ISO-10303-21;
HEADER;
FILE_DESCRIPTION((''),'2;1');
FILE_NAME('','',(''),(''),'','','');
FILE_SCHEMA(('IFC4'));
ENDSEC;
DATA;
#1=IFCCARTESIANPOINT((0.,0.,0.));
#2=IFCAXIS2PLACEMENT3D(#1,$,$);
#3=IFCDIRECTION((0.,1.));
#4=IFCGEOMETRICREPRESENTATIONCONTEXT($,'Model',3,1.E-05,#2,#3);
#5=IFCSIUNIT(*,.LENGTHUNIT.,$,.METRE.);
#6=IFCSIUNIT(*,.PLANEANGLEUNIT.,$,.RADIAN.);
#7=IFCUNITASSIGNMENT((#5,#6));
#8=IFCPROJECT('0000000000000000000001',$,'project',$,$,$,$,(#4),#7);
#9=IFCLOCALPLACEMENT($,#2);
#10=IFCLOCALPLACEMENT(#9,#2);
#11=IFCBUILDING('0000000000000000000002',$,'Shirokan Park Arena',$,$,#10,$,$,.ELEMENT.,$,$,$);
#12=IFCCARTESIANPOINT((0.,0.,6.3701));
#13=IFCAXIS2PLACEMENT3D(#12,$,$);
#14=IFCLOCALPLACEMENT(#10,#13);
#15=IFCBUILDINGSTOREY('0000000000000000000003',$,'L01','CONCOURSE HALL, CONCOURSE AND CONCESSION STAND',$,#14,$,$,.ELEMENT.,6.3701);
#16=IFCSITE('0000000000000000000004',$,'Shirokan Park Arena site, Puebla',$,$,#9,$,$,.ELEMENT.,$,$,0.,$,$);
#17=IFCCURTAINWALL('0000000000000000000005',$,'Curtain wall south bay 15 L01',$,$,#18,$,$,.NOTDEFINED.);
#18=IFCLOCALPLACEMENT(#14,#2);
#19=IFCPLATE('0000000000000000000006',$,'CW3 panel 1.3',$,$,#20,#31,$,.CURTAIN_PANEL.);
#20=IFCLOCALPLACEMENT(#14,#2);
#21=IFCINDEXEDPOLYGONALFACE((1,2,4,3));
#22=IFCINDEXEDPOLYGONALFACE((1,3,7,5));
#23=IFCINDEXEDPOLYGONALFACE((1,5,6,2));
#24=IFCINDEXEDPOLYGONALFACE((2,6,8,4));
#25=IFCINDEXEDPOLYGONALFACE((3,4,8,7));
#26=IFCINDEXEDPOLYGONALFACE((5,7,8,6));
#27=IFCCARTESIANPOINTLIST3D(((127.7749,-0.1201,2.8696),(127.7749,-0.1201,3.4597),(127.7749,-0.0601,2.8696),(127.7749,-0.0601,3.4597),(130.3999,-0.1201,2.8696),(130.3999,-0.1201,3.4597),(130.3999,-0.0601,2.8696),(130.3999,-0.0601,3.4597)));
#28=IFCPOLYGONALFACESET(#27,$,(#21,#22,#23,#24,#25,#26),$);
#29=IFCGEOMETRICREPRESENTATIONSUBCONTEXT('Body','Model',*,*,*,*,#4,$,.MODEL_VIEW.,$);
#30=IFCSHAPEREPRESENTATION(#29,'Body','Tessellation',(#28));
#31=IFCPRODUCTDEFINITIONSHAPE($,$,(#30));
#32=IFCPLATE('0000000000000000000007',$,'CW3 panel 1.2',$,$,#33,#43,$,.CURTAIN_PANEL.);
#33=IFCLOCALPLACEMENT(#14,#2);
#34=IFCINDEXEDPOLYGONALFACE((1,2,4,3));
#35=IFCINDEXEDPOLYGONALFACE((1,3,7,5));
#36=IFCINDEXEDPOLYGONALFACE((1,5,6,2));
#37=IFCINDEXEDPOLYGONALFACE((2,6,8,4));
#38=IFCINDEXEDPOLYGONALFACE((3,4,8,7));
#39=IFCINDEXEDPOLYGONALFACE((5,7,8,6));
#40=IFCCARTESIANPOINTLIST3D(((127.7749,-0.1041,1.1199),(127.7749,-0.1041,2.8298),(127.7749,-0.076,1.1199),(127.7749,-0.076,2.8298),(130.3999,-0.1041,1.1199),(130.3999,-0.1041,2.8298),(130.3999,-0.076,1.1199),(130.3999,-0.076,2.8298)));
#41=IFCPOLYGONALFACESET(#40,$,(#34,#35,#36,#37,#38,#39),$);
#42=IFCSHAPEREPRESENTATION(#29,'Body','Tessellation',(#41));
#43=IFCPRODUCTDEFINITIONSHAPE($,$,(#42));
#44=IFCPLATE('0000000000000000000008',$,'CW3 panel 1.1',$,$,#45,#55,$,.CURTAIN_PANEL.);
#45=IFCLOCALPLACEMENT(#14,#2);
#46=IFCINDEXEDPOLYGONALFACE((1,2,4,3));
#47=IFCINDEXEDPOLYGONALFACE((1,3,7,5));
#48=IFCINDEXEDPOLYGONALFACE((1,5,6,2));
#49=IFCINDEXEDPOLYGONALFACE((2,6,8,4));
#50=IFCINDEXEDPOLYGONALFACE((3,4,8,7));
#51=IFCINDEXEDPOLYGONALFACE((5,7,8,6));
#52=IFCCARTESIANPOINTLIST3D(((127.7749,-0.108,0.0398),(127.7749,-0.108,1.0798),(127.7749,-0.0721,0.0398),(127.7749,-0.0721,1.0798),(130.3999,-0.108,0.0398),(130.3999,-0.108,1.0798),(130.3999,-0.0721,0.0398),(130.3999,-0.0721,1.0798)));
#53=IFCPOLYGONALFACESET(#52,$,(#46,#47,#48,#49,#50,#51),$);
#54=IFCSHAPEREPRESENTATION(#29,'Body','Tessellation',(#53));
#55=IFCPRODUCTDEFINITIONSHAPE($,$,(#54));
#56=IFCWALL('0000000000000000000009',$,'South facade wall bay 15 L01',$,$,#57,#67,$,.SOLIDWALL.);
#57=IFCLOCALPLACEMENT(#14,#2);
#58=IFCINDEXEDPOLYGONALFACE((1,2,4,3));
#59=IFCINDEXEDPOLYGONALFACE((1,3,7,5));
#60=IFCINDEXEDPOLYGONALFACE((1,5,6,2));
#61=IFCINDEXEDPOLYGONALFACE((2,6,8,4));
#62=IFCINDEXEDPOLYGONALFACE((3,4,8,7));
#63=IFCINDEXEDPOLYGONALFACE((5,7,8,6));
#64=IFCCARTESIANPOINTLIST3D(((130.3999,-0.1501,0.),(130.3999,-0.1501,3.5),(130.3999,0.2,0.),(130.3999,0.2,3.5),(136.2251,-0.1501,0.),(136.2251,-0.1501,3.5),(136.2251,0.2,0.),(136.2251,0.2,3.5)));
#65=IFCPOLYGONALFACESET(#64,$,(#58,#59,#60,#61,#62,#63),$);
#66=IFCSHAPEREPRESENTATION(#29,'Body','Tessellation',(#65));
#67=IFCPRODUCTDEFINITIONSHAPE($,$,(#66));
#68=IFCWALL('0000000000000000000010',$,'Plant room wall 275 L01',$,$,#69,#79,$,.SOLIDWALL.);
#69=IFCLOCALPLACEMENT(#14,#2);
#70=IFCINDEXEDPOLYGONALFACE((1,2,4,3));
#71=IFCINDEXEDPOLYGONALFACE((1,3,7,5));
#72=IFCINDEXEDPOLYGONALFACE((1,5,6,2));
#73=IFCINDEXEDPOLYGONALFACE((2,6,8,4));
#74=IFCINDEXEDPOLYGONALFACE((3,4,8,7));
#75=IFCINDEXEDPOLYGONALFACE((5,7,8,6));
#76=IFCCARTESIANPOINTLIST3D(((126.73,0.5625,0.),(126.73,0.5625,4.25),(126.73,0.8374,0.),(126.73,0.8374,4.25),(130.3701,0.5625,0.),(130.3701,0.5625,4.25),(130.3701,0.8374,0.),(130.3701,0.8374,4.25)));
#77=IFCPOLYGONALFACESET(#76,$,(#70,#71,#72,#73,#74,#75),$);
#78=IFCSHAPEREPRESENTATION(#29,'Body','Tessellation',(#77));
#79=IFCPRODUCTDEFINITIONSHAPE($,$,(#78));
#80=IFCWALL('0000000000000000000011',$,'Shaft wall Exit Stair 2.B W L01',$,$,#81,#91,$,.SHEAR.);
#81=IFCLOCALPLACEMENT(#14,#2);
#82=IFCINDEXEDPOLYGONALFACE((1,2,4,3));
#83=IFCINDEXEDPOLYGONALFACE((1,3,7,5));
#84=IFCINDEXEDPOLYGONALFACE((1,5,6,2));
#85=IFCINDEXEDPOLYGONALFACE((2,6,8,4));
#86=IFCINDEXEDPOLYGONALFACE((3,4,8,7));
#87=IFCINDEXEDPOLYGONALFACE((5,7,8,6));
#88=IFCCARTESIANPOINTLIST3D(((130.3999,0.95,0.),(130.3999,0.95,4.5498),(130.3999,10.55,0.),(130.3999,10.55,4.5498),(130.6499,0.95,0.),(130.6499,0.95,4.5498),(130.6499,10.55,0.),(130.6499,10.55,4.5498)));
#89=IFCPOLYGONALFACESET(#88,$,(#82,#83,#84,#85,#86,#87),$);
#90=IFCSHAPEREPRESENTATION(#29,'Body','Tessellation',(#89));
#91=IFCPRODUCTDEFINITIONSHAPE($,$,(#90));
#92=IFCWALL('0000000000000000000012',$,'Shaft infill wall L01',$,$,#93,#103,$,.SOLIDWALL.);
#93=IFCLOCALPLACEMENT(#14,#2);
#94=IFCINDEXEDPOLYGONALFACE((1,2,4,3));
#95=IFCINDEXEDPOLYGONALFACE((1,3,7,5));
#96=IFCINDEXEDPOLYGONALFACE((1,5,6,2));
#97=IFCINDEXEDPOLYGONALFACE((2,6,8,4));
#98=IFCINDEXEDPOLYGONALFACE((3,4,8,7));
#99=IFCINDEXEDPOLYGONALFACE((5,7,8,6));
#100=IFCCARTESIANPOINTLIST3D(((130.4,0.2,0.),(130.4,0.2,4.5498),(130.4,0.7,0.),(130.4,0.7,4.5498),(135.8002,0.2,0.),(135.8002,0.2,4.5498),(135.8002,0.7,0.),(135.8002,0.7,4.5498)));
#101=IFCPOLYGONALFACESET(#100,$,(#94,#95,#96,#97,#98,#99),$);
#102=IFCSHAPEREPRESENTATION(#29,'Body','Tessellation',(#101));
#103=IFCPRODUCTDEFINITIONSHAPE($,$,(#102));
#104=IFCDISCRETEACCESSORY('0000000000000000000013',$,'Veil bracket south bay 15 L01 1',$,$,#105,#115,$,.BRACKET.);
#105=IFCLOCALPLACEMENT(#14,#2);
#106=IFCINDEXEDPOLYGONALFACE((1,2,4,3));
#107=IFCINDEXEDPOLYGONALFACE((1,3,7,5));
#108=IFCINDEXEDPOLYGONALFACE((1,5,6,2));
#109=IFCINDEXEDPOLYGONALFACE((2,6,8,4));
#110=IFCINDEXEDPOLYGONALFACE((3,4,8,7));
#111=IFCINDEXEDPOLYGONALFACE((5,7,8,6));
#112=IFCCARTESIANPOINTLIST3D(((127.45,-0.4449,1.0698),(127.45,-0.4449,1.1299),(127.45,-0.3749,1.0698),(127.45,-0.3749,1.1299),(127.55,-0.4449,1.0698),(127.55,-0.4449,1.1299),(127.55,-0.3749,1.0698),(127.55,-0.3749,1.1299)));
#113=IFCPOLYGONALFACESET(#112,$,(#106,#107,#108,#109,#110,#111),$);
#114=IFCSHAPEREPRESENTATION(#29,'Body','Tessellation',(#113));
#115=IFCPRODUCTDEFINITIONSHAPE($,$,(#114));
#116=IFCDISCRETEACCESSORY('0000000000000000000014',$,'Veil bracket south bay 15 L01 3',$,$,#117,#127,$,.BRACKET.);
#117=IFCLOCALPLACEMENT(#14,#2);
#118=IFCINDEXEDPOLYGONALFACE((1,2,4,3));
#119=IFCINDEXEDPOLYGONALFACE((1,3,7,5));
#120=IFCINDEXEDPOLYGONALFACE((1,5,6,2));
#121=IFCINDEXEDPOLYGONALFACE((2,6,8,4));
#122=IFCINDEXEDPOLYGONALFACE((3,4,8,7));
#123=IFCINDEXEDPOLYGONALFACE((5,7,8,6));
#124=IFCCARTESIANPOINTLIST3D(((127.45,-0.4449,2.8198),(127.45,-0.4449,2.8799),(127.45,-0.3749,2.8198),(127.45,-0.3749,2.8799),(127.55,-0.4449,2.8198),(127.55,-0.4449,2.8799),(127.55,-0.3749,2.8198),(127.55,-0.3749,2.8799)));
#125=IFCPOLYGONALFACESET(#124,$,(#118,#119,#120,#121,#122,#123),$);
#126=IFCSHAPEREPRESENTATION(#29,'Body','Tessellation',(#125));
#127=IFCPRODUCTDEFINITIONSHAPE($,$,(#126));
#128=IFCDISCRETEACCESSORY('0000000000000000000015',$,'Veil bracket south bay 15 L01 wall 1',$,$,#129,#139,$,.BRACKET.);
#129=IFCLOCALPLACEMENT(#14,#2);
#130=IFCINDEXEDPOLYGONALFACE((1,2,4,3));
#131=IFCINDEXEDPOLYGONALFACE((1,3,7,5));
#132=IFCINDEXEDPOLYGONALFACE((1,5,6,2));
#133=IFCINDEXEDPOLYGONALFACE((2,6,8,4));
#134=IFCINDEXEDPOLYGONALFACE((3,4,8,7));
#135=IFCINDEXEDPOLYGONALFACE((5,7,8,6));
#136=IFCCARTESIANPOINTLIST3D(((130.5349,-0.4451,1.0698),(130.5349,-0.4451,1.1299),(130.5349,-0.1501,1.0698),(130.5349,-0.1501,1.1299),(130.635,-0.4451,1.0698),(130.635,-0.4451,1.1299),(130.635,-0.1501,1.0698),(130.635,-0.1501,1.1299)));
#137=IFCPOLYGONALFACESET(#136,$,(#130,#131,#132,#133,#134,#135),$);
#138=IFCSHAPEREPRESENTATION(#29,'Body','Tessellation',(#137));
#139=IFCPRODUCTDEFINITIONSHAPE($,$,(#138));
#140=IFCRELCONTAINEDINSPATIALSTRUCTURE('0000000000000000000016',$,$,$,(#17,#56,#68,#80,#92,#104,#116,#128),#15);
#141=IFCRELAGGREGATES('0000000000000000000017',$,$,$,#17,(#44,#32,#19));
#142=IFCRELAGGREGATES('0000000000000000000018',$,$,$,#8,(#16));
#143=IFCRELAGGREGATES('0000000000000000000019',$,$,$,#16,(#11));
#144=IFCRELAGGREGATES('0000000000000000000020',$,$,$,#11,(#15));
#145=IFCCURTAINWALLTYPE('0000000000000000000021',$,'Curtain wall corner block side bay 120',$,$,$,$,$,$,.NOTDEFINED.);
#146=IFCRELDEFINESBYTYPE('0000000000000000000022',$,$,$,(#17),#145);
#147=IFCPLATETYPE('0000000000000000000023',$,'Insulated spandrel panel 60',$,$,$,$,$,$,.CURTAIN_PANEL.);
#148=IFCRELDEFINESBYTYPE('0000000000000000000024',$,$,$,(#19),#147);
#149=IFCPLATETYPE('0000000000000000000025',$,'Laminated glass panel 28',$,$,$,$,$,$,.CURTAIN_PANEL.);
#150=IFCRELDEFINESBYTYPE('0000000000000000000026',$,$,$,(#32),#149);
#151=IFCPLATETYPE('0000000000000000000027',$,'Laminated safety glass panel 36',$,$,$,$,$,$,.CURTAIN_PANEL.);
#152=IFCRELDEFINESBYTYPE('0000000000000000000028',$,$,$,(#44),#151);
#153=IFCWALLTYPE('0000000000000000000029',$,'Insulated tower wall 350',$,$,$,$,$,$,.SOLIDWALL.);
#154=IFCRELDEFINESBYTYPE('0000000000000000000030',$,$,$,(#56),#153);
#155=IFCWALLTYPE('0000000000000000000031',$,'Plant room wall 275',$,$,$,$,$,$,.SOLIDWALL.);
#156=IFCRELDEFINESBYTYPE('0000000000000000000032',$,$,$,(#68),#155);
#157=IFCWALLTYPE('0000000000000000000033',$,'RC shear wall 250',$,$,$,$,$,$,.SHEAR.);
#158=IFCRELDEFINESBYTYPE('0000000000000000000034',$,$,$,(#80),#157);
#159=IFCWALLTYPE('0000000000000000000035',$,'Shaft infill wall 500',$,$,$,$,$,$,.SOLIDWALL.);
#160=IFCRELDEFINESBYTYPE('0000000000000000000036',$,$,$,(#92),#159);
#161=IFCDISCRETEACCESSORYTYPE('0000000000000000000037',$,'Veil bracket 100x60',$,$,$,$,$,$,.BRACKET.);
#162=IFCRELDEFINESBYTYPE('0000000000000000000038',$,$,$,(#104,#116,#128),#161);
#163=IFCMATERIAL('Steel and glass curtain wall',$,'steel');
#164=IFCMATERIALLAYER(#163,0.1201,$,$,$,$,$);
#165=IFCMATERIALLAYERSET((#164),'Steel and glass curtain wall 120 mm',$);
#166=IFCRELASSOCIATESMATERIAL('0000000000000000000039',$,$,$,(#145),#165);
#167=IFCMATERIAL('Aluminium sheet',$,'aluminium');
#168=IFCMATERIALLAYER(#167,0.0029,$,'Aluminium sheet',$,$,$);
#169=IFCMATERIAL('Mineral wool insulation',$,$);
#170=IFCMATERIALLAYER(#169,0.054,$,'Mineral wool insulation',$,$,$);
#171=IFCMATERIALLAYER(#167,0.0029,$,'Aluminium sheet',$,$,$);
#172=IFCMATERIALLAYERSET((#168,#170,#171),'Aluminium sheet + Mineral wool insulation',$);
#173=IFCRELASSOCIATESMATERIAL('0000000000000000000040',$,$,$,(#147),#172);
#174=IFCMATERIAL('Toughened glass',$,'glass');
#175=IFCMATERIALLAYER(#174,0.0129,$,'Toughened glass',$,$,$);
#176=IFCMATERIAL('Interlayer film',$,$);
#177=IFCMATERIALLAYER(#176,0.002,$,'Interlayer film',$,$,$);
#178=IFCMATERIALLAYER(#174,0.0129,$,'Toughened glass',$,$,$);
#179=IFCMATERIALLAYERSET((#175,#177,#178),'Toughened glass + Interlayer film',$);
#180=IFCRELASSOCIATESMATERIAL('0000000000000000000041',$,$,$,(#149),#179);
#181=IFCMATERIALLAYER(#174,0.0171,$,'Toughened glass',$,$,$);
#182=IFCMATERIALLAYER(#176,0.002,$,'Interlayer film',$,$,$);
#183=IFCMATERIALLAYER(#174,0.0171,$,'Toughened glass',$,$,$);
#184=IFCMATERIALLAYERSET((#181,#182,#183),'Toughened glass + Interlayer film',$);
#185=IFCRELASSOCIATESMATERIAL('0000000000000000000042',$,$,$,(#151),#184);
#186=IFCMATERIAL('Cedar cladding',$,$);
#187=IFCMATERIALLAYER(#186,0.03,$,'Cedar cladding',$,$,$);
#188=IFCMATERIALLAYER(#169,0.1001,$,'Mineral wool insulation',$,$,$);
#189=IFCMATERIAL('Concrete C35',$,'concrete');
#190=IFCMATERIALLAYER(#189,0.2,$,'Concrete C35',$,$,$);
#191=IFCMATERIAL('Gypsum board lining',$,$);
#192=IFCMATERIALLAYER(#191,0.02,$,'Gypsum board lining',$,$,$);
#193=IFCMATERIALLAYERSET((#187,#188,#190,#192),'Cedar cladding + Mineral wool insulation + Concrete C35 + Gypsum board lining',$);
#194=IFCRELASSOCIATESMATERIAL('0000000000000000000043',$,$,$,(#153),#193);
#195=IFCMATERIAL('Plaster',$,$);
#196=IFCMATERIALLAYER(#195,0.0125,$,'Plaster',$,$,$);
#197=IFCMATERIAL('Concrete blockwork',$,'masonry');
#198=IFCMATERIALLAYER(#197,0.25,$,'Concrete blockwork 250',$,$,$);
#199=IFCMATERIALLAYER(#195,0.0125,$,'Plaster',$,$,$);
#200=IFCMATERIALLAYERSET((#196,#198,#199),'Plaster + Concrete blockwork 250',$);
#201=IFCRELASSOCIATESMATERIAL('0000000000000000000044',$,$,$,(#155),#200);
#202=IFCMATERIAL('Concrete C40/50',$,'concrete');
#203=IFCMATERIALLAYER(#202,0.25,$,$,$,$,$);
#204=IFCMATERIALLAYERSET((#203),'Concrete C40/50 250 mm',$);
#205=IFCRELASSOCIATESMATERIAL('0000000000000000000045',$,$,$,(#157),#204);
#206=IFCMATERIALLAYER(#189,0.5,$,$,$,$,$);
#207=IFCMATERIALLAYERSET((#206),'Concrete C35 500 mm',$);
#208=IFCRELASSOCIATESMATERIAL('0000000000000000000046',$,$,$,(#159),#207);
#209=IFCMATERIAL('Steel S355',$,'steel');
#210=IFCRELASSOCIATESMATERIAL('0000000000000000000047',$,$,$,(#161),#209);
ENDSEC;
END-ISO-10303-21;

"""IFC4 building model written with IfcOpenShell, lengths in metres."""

from ifc_helpers import new_model, si_unit, direction, frame, frame_2d, origin, origin_2d, place, context, subcontext, project, spatial, rectangle, extrude, material, layer, layer_set, type_object, element, aggregate, save


model = new_model("IFC4")

# Units and contexts
model_context = context("Model", 3, precision=1e-05, world=origin(), true_north=direction((0.0, 1.0)))
body_context = subcontext(model_context, "Body", "Model", "MODEL_VIEW")
ifc_project = project(units=[si_unit("LENGTHUNIT", "METRE"), si_unit("PLANEANGLEUNIT", "RADIAN")], contexts=[model_context])

# Site, building, storey
site_placement = place(None, origin())
site = spatial("IfcSite", under=ifc_project, at=site_placement, Name="Shirokan Park Arena site, Puebla", CompositionType="ELEMENT", RefElevation=0.0)
building_placement = place(site_placement, origin())
building = spatial("IfcBuilding", under=site, at=building_placement, Name="Shirokan Park Arena", CompositionType="ELEMENT")
storey_placement = place(building_placement, frame((0.0, 0.0, 6.3701)))
storey = spatial("IfcBuildingStorey", under=building, at=storey_placement, Name="L01", Description="CONCOURSE HALL, CONCOURSE AND CONCESSION STAND", CompositionType="ELEMENT", Elevation=6.3701)

# Shared definitions
ifc_material_1 = material(Name="Concrete C35", Category="concrete")

# Curtain wall
ifc_material_2 = material(Name="Steel and glass curtain wall", Category="steel")
ifc_layer_1 = layer(ifc_material_2, 0.1201)
ifc_layer_set_1 = layer_set([ifc_layer_1], Name="Steel and glass curtain wall 120 mm")
curtain_wall_type = type_object("IfcCurtainWallType", Name="Curtain wall corner block side bay 120", PredefinedType="NOTDEFINED", material=ifc_layer_set_1)
curtain_wall_placement = place(storey_placement, origin())
curtain_wall = element("IfcCurtainWall", 1, at=curtain_wall_placement, inside=storey, type_object=curtain_wall_type, Name="Curtain wall south bay 15 L01", PredefinedType="NOTDEFINED")
ifc_material_3 = material(Name="Steel S355", Category="steel")

# Plates
ifc_material_4 = material(Name="Aluminium sheet", Category="aluminium")
ifc_layer_2 = layer(ifc_material_4, 0.0029, Name="Aluminium sheet")
ifc_material_5 = material(Name="Mineral wool insulation")
ifc_layer_3 = layer(ifc_material_5, 0.054, Name="Mineral wool insulation")
ifc_layer_4 = layer(ifc_material_4, 0.0029, Name="Aluminium sheet")
ifc_layer_set_2 = layer_set([ifc_layer_2, ifc_layer_3, ifc_layer_4], Name="Aluminium sheet + Mineral wool insulation")
plate_type_1 = type_object("IfcPlateType", Name="Insulated spandrel panel 60", PredefinedType="CURTAIN_PANEL", material=ifc_layer_set_2)
plate_1_placement = place(storey_placement, frame((129.0874, -0.0901, 2.8696), z_axis=(0.0, 0.0, 1.0), x_axis=(1.0, 0.0, 0.0)))
plate_1 = element("IfcPlate", 2, at=plate_1_placement, type_object=plate_type_1, Name="CW3 panel 1.3", PredefinedType="CURTAIN_PANEL", context=body_context, shape_type="SweptSolid", body=[
    extrude(rectangle(XDim=2.625, YDim=0.0601, at=origin_2d()), origin(), (0.0, 0.0, 1.0), 0.5901),
])
ifc_material_6 = material(Name="Toughened glass", Category="glass")
ifc_layer_5 = layer(ifc_material_6, 0.0129, Name="Toughened glass")
ifc_material_7 = material(Name="Interlayer film")
ifc_layer_6 = layer(ifc_material_7, 0.002, Name="Interlayer film")
ifc_layer_7 = layer(ifc_material_6, 0.0129, Name="Toughened glass")
ifc_layer_set_3 = layer_set([ifc_layer_5, ifc_layer_6, ifc_layer_7], Name="Toughened glass + Interlayer film")
plate_type_2 = type_object("IfcPlateType", Name="Laminated glass panel 28", PredefinedType="CURTAIN_PANEL", material=ifc_layer_set_3)
plate_2_placement = place(storey_placement, frame((129.0874, -0.0901, 1.1199), z_axis=(0.0, 0.0, 1.0), x_axis=(1.0, 0.0, 0.0)))
plate_2 = element("IfcPlate", 3, at=plate_2_placement, type_object=plate_type_2, Name="CW3 panel 1.2", PredefinedType="CURTAIN_PANEL", context=body_context, shape_type="SweptSolid", body=[
    extrude(rectangle(XDim=2.625, YDim=0.0281, at=origin_2d()), origin(), (0.0, 0.0, 1.0), 1.71),
])
ifc_layer_8 = layer(ifc_material_6, 0.0171, Name="Toughened glass")
ifc_layer_9 = layer(ifc_material_7, 0.002, Name="Interlayer film")
ifc_layer_10 = layer(ifc_material_6, 0.0171, Name="Toughened glass")
ifc_layer_set_4 = layer_set([ifc_layer_8, ifc_layer_9, ifc_layer_10], Name="Toughened glass + Interlayer film")
plate_type_3 = type_object("IfcPlateType", Name="Laminated safety glass panel 36", PredefinedType="CURTAIN_PANEL", material=ifc_layer_set_4)
plate_3_placement = place(storey_placement, frame((129.0874, -0.0901, 0.0398), z_axis=(0.0, 0.0, 1.0), x_axis=(1.0, 0.0, 0.0)))
plate_3 = element("IfcPlate", 4, at=plate_3_placement, type_object=plate_type_3, Name="CW3 panel 1.1", PredefinedType="CURTAIN_PANEL", context=body_context, shape_type="SweptSolid", body=[
    extrude(rectangle(XDim=2.625, YDim=0.0359, at=origin_2d()), origin(), (0.0, 0.0, 1.0), 1.04),
])
aggregate(curtain_wall, [plate_3, plate_2, plate_1])

# Walls
ifc_material_8 = material(Name="Cedar cladding")
ifc_layer_11 = layer(ifc_material_8, 0.03, Name="Cedar cladding")
ifc_layer_12 = layer(ifc_material_5, 0.1001, Name="Mineral wool insulation")
ifc_layer_13 = layer(ifc_material_1, 0.2, Name="Concrete C35")
ifc_material_9 = material(Name="Gypsum board lining")
ifc_layer_14 = layer(ifc_material_9, 0.02, Name="Gypsum board lining")
ifc_layer_set_5 = layer_set([ifc_layer_11, ifc_layer_12, ifc_layer_13, ifc_layer_14], Name="Cedar cladding + Mineral wool insulation + Concrete C35 + Gypsum board lining")
wall_type_1 = type_object("IfcWallType", Name="Insulated tower wall 350", PredefinedType="SOLIDWALL", material=ifc_layer_set_5)
wall_1_placement = place(storey_placement, frame((130.3999, 0.0249, 0.0), z_axis=(0.0, 0.0, 1.0), x_axis=(1.0, 0.0, 0.0)))
element("IfcWall", 5, at=wall_1_placement, inside=storey, type_object=wall_type_1, Name="South facade wall bay 15 L01", PredefinedType="SOLIDWALL", context=body_context, shape_type="SweptSolid", body=[
    extrude(rectangle(XDim=5.8252, YDim=0.3501, at=frame_2d((2.9126, 0.0))), origin(), (0.0, 0.0, 1.0), 3.5),
])
ifc_material_10 = material(Name="Plaster")
ifc_layer_15 = layer(ifc_material_10, 0.0125, Name="Plaster")
ifc_material_11 = material(Name="Concrete blockwork", Category="masonry")
ifc_layer_16 = layer(ifc_material_11, 0.25, Name="Concrete blockwork 250")
ifc_layer_17 = layer(ifc_material_10, 0.0125, Name="Plaster")
ifc_layer_set_6 = layer_set([ifc_layer_15, ifc_layer_16, ifc_layer_17], Name="Plaster + Concrete blockwork 250")
wall_type_2 = type_object("IfcWallType", Name="Plant room wall 275", PredefinedType="SOLIDWALL", material=ifc_layer_set_6)
wall_2_placement = place(storey_placement, frame((130.3701, 0.7, 0.0), z_axis=(0.0, 0.0, 1.0), x_axis=(-1.0, 0.0, 0.0)))
element("IfcWall", 6, at=wall_2_placement, inside=storey, type_object=wall_type_2, Name="Plant room wall 275 L01", PredefinedType="SOLIDWALL", context=body_context, shape_type="SweptSolid", body=[
    extrude(rectangle(XDim=3.6401, YDim=0.2749, at=frame_2d((1.8201, 0.0))), origin(), (0.0, 0.0, 1.0), 4.25),
])
ifc_material_12 = material(Name="Concrete C40/50", Category="concrete")
ifc_layer_18 = layer(ifc_material_12, 0.25)
ifc_layer_set_7 = layer_set([ifc_layer_18], Name="Concrete C40/50 250 mm")
wall_type_3 = type_object("IfcWallType", Name="RC shear wall 250", PredefinedType="SHEAR", material=ifc_layer_set_7)
wall_3_placement = place(storey_placement, frame((130.5249, 10.55, 0.0), z_axis=(0.0, 0.0, 1.0), x_axis=(0.0, -1.0, 0.0)))
element("IfcWall", 7, at=wall_3_placement, inside=storey, type_object=wall_type_3, Name="Shaft wall Exit Stair 2.B W L01", PredefinedType="SHEAR", context=body_context, shape_type="SweptSolid", body=[
    extrude(rectangle(XDim=9.6001, YDim=0.25, at=frame_2d((4.8, 0.0))), origin(), (0.0, 0.0, 1.0), 4.5498),
])
ifc_layer_19 = layer(ifc_material_1, 0.5)
ifc_layer_set_8 = layer_set([ifc_layer_19], Name="Concrete C35 500 mm")
wall_type_4 = type_object("IfcWallType", Name="Shaft infill wall 500", PredefinedType="SOLIDWALL", material=ifc_layer_set_8)
wall_4_placement = place(storey_placement, frame((130.3999, 0.45, 0.0), z_axis=(0.0, 0.0, 1.0), x_axis=(1.0, 0.0, 0.0)))
element("IfcWall", 8, at=wall_4_placement, inside=storey, type_object=wall_type_4, Name="Shaft infill wall L01", PredefinedType="SOLIDWALL", context=body_context, shape_type="SweptSolid", body=[
    extrude(rectangle(XDim=5.4001, YDim=0.5, at=frame_2d((2.7002, 0.0))), origin(), (0.0, 0.0, 1.0), 4.5498),
])

# Discrete accessories
discrete_accessory_type = type_object("IfcDiscreteAccessoryType", Name="Veil bracket 100x60", PredefinedType="BRACKET", material=ifc_material_3)
for number, where, z_axis, x_axis, name in (
    (9, (127.5, -0.4099, 1.0698), (0.0, 0.0, 1.0), (1.0, 0.0, 0.0), "Veil bracket south bay 15 L01 1"),
    (10, (127.5, -0.4099, 2.8198), (0.0, 0.0, 1.0), (1.0, 0.0, 0.0), "Veil bracket south bay 15 L01 3"),
):
    element("IfcDiscreteAccessory", number, at=place(storey_placement, frame(where, z_axis=z_axis, x_axis=x_axis)), inside=storey, type_object=discrete_accessory_type, Name=name, PredefinedType="BRACKET", context=body_context, shape_type="SweptSolid", body=[
        extrude(rectangle(XDim=0.1001, YDim=0.0701, at=origin_2d()), origin(), (0.0, 0.0, 1.0), 0.0601),
    ])
discrete_accessory_placement = place(storey_placement, frame((130.585, -0.2976, 1.0698), z_axis=(0.0, 0.0, 1.0), x_axis=(1.0, 0.0, 0.0)))
element("IfcDiscreteAccessory", 11, at=discrete_accessory_placement, inside=storey, type_object=discrete_accessory_type, Name="Veil bracket south bay 15 L01 wall 1", PredefinedType="BRACKET", context=body_context, shape_type="SweptSolid", body=[
    extrude(rectangle(XDim=0.1001, YDim=0.2949, at=origin_2d()), origin(), (0.0, 0.0, 1.0), 0.0601),
])

save(model, "model.ifc")
